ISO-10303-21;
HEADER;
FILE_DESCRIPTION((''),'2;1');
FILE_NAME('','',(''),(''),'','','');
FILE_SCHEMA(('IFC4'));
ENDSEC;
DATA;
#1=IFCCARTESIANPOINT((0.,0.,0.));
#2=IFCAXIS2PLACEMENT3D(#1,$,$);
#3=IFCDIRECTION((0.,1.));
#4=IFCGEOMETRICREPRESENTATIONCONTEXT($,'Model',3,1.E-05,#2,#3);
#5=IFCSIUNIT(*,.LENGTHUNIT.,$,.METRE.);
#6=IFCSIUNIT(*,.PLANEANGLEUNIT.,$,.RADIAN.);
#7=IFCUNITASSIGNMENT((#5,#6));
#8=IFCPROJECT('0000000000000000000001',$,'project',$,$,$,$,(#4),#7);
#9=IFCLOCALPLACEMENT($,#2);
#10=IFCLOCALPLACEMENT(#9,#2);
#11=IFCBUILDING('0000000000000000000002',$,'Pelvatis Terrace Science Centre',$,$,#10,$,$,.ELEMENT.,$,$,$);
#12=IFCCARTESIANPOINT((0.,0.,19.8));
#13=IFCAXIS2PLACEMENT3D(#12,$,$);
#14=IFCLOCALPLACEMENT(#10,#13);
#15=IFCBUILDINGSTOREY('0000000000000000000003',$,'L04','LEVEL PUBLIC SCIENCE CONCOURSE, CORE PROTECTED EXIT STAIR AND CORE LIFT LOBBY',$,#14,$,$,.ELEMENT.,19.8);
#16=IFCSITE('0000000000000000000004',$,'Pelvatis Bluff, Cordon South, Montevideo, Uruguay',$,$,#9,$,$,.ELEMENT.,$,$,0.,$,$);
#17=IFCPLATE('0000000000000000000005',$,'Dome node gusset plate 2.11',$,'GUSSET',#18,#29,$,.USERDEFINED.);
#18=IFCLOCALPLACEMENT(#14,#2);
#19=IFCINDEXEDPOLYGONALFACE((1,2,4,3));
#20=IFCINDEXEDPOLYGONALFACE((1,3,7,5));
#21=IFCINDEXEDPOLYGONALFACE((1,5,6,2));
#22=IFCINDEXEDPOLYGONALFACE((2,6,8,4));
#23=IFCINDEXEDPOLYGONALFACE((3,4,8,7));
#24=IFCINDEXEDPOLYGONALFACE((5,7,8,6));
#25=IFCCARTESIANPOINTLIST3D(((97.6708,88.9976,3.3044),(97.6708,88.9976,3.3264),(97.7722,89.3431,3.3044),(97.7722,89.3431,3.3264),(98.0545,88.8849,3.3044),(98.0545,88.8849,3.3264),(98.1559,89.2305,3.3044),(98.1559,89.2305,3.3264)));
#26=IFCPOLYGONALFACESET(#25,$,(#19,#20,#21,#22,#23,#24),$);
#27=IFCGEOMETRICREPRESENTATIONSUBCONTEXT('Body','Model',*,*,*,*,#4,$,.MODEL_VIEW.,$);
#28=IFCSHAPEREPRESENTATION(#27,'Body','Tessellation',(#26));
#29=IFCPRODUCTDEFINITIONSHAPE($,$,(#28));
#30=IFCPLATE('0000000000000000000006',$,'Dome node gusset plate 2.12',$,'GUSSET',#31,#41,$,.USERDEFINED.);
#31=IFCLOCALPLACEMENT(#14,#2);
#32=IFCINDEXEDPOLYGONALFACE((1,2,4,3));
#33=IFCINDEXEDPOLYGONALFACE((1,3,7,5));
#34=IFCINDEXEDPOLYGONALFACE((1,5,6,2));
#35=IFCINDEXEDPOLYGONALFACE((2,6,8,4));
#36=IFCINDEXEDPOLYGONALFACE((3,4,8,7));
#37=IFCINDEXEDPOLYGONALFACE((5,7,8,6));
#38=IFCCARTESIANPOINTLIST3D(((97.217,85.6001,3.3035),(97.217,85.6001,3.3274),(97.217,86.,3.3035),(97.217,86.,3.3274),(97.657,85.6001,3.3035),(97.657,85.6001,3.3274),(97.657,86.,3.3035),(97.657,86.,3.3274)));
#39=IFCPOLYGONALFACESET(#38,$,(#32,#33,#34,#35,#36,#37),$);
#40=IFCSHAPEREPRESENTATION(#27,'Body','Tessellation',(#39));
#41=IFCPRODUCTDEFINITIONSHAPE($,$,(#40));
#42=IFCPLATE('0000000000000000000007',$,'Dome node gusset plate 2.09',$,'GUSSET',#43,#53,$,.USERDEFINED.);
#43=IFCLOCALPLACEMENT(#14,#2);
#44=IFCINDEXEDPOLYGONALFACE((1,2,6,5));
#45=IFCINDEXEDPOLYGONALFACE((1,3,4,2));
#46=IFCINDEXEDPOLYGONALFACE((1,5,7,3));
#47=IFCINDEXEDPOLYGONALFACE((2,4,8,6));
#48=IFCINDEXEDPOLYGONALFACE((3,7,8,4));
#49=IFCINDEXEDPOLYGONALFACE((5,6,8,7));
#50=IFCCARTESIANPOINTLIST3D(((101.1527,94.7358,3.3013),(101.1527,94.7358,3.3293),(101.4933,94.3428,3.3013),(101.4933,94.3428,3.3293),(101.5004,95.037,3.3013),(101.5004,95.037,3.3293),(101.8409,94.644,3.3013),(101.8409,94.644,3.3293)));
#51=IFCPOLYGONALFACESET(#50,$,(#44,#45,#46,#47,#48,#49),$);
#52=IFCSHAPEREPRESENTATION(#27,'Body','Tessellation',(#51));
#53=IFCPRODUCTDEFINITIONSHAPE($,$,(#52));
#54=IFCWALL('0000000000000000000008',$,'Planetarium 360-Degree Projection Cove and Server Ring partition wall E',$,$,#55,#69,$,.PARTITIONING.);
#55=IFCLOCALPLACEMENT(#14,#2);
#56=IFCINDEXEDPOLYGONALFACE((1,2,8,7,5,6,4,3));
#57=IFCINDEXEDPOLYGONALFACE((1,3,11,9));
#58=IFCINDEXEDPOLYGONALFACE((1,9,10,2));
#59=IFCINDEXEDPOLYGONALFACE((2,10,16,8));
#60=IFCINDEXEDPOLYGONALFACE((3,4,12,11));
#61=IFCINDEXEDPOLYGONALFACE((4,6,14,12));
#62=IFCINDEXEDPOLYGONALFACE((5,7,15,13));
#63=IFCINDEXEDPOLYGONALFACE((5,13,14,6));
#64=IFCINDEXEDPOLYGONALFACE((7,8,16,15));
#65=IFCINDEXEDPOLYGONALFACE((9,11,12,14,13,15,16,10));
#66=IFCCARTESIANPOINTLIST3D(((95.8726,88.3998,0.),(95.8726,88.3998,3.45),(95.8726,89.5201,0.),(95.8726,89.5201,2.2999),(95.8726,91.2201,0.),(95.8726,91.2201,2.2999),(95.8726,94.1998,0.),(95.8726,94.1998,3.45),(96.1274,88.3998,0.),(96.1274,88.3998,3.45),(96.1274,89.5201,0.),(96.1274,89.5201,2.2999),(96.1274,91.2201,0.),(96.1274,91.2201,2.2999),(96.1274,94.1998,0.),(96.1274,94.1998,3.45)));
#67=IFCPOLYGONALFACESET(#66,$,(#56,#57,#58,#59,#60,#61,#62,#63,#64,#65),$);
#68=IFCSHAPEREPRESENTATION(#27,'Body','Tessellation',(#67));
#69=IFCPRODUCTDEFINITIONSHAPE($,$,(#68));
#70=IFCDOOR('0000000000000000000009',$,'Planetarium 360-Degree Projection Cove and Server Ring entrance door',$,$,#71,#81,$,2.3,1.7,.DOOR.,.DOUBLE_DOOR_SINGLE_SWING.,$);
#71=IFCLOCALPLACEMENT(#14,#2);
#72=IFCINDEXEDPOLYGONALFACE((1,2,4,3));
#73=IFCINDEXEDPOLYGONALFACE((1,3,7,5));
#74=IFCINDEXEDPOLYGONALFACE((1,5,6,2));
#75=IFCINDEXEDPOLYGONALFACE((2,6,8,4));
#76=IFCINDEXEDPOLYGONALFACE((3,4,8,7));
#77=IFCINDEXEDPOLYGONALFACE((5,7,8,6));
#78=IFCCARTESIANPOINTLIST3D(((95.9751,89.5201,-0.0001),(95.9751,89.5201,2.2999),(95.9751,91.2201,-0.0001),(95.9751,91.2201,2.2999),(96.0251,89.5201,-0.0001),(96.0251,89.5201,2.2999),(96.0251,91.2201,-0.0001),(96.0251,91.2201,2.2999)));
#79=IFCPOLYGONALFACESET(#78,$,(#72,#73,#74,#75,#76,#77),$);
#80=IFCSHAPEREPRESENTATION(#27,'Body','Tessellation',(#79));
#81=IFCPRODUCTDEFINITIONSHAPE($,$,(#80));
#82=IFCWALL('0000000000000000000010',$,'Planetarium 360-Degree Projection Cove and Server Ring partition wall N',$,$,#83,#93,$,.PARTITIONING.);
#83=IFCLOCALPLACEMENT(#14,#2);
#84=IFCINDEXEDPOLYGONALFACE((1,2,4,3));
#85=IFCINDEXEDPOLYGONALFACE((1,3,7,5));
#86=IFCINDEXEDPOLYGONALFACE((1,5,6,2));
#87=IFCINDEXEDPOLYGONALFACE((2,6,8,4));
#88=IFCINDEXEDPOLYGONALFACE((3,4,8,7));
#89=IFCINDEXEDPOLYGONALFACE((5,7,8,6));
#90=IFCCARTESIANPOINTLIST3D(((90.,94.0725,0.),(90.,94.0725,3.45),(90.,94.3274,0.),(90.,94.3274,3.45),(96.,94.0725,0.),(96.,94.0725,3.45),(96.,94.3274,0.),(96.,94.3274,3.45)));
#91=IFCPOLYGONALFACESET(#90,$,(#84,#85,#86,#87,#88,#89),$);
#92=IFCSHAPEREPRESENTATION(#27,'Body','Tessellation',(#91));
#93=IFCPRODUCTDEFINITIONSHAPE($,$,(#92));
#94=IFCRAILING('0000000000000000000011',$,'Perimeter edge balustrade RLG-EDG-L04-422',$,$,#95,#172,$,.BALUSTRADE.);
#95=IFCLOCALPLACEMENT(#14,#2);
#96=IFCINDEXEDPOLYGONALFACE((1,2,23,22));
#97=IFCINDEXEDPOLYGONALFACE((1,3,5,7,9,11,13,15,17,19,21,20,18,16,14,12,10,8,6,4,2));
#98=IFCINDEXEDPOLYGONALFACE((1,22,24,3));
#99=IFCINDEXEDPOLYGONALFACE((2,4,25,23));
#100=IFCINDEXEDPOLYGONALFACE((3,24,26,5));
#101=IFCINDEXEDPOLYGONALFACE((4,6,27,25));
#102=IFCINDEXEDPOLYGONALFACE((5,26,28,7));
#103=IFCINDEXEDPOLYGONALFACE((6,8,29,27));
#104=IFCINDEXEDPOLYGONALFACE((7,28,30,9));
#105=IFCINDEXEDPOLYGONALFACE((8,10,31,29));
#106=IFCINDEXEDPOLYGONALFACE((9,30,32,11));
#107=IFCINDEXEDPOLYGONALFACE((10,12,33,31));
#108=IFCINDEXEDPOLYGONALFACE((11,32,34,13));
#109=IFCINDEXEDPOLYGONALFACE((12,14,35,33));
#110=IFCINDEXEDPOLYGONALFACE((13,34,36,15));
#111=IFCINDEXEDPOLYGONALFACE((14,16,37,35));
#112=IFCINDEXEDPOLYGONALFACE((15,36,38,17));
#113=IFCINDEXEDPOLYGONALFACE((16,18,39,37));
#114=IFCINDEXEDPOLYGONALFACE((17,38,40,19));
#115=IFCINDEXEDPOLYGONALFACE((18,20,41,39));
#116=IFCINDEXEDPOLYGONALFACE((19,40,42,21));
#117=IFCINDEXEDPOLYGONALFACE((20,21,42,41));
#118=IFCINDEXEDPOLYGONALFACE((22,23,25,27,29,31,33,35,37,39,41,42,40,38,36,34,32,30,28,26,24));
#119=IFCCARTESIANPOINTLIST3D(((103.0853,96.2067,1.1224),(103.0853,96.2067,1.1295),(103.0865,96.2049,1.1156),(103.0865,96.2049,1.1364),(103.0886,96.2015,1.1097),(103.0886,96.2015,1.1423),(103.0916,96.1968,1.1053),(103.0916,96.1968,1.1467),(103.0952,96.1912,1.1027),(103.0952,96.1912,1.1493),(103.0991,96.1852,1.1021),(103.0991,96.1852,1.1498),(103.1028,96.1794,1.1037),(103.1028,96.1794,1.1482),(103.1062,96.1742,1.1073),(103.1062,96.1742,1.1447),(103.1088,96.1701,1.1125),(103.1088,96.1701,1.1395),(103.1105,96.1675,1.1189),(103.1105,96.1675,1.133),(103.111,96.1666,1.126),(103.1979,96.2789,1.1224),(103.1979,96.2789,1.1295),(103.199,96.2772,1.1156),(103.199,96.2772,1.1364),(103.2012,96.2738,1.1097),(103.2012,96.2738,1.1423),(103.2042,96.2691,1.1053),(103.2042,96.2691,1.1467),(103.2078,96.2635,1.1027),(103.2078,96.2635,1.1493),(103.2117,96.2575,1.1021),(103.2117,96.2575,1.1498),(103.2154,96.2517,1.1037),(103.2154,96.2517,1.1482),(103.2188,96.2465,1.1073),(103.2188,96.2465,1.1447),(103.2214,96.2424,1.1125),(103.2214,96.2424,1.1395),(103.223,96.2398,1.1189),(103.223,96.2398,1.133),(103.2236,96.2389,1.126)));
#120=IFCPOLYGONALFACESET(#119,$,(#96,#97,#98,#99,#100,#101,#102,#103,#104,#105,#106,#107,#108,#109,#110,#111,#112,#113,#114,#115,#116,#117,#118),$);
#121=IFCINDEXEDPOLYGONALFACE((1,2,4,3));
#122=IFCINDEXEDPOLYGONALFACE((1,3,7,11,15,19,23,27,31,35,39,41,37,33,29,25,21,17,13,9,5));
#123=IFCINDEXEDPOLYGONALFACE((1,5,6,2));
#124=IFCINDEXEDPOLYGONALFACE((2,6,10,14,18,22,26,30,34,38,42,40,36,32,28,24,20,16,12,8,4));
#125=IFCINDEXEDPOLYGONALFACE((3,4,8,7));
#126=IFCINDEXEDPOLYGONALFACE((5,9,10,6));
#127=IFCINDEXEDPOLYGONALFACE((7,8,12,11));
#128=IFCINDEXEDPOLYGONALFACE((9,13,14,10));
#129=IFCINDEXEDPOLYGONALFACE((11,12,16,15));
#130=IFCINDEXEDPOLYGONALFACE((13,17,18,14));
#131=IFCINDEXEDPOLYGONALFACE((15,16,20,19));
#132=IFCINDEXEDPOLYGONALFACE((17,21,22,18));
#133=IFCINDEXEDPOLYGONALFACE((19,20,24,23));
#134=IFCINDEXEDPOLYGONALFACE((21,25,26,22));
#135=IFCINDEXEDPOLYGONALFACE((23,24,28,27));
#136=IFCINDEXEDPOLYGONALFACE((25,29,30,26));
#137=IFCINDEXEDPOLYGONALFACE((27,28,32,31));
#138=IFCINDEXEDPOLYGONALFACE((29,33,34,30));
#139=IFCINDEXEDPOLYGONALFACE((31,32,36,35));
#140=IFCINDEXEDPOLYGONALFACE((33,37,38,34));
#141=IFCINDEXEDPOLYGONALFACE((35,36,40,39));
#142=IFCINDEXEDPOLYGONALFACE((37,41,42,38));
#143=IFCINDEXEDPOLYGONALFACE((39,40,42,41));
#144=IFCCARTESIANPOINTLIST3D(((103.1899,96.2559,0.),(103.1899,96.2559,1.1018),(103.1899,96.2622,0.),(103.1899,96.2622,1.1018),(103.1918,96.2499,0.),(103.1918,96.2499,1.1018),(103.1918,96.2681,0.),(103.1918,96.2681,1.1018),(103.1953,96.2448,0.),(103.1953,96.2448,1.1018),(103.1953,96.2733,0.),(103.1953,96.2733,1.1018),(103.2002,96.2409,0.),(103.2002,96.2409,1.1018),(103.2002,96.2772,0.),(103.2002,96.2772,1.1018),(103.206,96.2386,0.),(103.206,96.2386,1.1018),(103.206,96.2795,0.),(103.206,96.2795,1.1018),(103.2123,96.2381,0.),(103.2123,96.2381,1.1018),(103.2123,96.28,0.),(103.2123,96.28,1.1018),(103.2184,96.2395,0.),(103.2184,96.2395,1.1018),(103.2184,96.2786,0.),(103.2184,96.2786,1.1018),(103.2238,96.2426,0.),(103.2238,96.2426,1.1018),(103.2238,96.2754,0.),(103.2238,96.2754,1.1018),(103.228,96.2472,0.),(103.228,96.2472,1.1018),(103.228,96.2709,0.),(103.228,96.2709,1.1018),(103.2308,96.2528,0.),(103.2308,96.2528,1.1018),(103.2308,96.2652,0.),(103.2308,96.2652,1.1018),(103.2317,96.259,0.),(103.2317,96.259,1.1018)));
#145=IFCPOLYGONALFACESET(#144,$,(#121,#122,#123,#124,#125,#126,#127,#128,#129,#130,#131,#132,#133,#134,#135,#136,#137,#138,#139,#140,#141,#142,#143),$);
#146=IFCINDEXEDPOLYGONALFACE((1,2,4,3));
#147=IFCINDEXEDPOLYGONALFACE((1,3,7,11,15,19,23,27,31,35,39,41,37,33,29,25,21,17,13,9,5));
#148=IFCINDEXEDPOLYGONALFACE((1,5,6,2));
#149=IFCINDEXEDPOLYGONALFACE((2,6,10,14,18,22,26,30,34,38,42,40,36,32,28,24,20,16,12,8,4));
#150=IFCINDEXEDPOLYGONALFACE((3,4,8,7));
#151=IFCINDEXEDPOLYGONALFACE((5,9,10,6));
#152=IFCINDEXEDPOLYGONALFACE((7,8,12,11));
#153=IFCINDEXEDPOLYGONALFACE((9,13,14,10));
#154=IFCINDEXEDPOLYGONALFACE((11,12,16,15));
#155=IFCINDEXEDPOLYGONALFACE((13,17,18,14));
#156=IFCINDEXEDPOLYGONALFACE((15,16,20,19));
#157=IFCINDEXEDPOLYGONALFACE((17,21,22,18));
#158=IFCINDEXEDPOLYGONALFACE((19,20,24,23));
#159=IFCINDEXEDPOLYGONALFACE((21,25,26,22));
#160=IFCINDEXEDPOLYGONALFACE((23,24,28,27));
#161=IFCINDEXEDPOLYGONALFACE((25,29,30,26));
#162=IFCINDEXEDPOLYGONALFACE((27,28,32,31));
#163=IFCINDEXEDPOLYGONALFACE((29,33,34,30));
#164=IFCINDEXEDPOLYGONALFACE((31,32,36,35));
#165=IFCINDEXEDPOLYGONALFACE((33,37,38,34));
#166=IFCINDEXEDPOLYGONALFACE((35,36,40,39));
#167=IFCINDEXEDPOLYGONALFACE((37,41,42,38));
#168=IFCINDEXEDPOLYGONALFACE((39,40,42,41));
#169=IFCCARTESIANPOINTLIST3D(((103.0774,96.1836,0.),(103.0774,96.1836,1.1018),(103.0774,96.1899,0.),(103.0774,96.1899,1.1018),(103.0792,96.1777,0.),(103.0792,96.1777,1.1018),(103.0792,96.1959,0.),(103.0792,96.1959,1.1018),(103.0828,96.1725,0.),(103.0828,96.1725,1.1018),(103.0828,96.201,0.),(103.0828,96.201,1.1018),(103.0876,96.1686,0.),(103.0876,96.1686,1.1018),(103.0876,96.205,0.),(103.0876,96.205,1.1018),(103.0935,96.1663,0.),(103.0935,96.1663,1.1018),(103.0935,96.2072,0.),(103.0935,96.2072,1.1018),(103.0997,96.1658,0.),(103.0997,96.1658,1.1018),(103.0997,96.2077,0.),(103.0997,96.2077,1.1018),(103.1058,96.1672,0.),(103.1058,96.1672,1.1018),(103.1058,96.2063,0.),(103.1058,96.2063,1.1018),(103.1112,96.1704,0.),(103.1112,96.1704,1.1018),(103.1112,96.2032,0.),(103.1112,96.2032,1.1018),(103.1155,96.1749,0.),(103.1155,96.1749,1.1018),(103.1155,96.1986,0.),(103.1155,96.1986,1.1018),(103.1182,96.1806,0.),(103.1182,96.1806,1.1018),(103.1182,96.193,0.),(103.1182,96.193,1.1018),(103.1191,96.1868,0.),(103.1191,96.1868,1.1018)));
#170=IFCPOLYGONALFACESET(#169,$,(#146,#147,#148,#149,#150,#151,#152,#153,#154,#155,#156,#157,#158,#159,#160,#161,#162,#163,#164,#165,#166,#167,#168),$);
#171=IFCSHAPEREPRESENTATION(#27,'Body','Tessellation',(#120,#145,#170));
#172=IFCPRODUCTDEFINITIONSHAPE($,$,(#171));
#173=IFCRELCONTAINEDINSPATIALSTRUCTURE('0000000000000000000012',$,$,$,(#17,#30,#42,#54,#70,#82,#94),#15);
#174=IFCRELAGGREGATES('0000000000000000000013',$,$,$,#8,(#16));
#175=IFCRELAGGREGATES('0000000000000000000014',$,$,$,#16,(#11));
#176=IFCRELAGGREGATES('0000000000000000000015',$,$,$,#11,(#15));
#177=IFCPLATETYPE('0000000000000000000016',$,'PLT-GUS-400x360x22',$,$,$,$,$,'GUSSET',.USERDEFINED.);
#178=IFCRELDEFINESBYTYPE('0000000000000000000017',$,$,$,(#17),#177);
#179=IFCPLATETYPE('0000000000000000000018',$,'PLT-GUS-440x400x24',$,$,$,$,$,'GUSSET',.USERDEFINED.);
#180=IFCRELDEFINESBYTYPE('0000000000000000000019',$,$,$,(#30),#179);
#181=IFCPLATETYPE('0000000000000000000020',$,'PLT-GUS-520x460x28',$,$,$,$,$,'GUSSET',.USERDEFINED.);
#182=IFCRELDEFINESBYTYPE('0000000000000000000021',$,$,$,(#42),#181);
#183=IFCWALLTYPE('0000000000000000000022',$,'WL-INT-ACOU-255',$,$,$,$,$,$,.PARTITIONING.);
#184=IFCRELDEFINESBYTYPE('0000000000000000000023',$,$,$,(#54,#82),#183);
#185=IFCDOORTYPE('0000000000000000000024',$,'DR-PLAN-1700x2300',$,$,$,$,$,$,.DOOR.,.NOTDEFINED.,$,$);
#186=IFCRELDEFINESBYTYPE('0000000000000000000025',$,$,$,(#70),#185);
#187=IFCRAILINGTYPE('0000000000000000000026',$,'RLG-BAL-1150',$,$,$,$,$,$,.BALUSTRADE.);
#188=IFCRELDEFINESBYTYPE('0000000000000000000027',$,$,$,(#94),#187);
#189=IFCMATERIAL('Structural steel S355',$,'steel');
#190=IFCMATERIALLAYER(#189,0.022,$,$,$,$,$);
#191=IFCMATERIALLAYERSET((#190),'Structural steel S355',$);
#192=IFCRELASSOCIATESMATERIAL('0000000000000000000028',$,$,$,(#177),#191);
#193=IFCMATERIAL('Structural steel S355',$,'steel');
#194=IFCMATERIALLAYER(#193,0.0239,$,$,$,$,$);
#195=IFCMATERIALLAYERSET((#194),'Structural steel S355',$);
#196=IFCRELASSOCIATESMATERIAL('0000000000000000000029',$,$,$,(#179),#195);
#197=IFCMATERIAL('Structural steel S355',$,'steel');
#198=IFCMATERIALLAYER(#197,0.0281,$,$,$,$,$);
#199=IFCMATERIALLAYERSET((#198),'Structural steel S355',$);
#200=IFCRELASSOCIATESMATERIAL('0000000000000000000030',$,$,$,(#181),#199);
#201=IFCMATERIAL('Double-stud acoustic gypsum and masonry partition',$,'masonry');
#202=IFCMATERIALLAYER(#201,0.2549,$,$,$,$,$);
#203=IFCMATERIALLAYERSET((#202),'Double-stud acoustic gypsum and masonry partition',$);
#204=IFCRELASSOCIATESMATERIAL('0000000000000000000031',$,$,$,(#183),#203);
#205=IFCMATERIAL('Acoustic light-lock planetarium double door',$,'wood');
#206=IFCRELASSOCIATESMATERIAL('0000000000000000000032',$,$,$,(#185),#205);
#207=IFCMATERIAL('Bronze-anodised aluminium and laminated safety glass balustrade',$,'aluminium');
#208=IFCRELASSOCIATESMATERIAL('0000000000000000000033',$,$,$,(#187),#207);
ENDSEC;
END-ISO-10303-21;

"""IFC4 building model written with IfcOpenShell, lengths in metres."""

from ifc_helpers import new_model, si_unit, direction, frame, frame_2d, origin, origin_2d, place, context, subcontext, project, spatial, rectangle, circle, extrude, material, layer, layer_set, type_object, element, fill, save


model = new_model("IFC4")

# Units and contexts
model_context = context("Model", 3, precision=1e-05, world=origin(), true_north=direction((0.0, 1.0)))
body_context = subcontext(model_context, "Body", "Model", "MODEL_VIEW")
ifc_project = project(units=[si_unit("LENGTHUNIT", "METRE"), si_unit("PLANEANGLEUNIT", "RADIAN")], contexts=[model_context])

# Site, building, storey
site_placement = place(None, origin())
site = spatial("IfcSite", under=ifc_project, at=site_placement, Name="Pelvatis Bluff, Cordon South, Montevideo, Uruguay", CompositionType="ELEMENT", RefElevation=0.0)
building_placement = place(site_placement, origin())
building = spatial("IfcBuilding", under=site, at=building_placement, Name="Pelvatis Terrace Science Centre", CompositionType="ELEMENT")
storey_placement = place(building_placement, frame((0.0, 0.0, 19.8)))
storey = spatial("IfcBuildingStorey", under=building, at=storey_placement, Name="L04", Description="LEVEL PUBLIC SCIENCE CONCOURSE, CORE PROTECTED EXIT STAIR AND CORE LIFT LOBBY", CompositionType="ELEMENT", Elevation=19.8)

# Plates
ifc_material_1 = material(Name="Structural steel S355", Category="steel")
ifc_layer_1 = layer(ifc_material_1, 0.022)
ifc_layer_set_1 = layer_set([ifc_layer_1], Name="Structural steel S355")
plate_type_1 = type_object("IfcPlateType", Name="PLT-GUS-400x360x22", ElementType="GUSSET", PredefinedType="USERDEFINED", material=ifc_layer_set_1)
plate_1_placement = place(storey_placement, frame((97.9133, 89.114, 3.3044), z_axis=(0.0, 0.0, 1.0), x_axis=(-0.959511, 0.281672, 0.0)))
element("IfcPlate", 1, at=plate_1_placement, inside=storey, type_object=plate_type_1, Name="Dome node gusset plate 2.11", ObjectType="GUSSET", PredefinedType="USERDEFINED", context=body_context, shape_type="SweptSolid", body=[
    extrude(rectangle(XDim=0.3999, YDim=0.3601, at=origin_2d()), origin(), (0.0, 0.0, 1.0), 0.022),
])
ifc_material_2 = material(Name="Structural steel S355", Category="steel")
ifc_layer_2 = layer(ifc_material_2, 0.0239)
ifc_layer_set_2 = layer_set([ifc_layer_2], Name="Structural steel S355")
plate_type_2 = type_object("IfcPlateType", Name="PLT-GUS-440x400x24", ElementType="GUSSET", PredefinedType="USERDEFINED", material=ifc_layer_set_2)
plate_2_placement = place(storey_placement, frame((97.437, 85.8, 3.3035), z_axis=(0.0, 0.0, 1.0), x_axis=(-1.0, 0.0, 0.0)))
element("IfcPlate", 2, at=plate_2_placement, inside=storey, type_object=plate_type_2, Name="Dome node gusset plate 2.12", ObjectType="GUSSET", PredefinedType="USERDEFINED", context=body_context, shape_type="SweptSolid", body=[
    extrude(rectangle(XDim=0.4399, YDim=0.3999, at=origin_2d()), origin(), (0.0, 0.0, 1.0), 0.0239),
])
ifc_material_3 = material(Name="Structural steel S355", Category="steel")
ifc_layer_3 = layer(ifc_material_3, 0.0281)
ifc_layer_set_3 = layer_set([ifc_layer_3], Name="Structural steel S355")
plate_type_3 = type_object("IfcPlateType", Name="PLT-GUS-520x460x28", ElementType="GUSSET", PredefinedType="USERDEFINED", material=ifc_layer_set_3)
plate_3_placement = place(storey_placement, frame((101.4968, 94.6899, 3.3013), z_axis=(0.0, 0.0, 1.0), x_axis=(-0.654873, 0.755739, 0.0)))
element("IfcPlate", 3, at=plate_3_placement, inside=storey, type_object=plate_type_3, Name="Dome node gusset plate 2.09", ObjectType="GUSSET", PredefinedType="USERDEFINED", context=body_context, shape_type="SweptSolid", body=[
    extrude(rectangle(XDim=0.52, YDim=0.46, at=origin_2d()), origin(), (0.0, 0.0, 1.0), 0.0281),
])

# Wall, opening, door
ifc_material_4 = material(Name="Double-stud acoustic gypsum and masonry partition", Category="masonry")
ifc_layer_4 = layer(ifc_material_4, 0.2549)
ifc_layer_set_4 = layer_set([ifc_layer_4], Name="Double-stud acoustic gypsum and masonry partition")
wall_type = type_object("IfcWallType", Name="WL-INT-ACOU-255", PredefinedType="PARTITIONING", material=ifc_layer_set_4)
wall_1_placement = place(storey_placement, frame((96.0, 88.3999, 0.0), z_axis=(0.0, 0.0, 1.0), x_axis=(0.0, 1.0, 0.0)))
wall_1 = element("IfcWall", 4, at=wall_1_placement, inside=storey, type_object=wall_type, Name="Planetarium 360-Degree Projection Cove and Server Ring partition wall E", PredefinedType="PARTITIONING", context=body_context, shape_type="SweptSolid", body=[
    extrude(rectangle(XDim=5.8, YDim=0.2549, at=frame_2d((2.8999, 0.0))), origin(), (0.0, 0.0, 1.0), 3.45),
])
opening_placement = place(wall_1_placement, frame((1.1201, 0.0, 0.0)))
opening = element("IfcOpeningElement", 5, at=opening_placement, cuts=wall_1, PredefinedType="OPENING", context=body_context, shape_type="SweptSolid", body=[
    extrude(rectangle(XDim=1.7, YDim=2.3, at=frame_2d((0.8501, 1.1499))), frame((0.0, 0.1375, 0.0), z_axis=(0.0, -1.0, 0.0), x_axis=(1.0, 0.0, 0.0)), (0.0, 0.0, 1.0), 0.2749),
])
ifc_material_5 = material(Name="Acoustic light-lock planetarium double door", Category="wood")
door_type = type_object("IfcDoorType", Name="DR-PLAN-1700x2300", OperationType="NOTDEFINED", PredefinedType="DOOR", material=ifc_material_5)
door_placement = place(opening_placement, origin())
door = element("IfcDoor", 6, at=door_placement, inside=storey, type_object=door_type, Name="Planetarium 360-Degree Projection Cove and Server Ring entrance door", OperationType="DOUBLE_DOOR_SINGLE_SWING", OverallHeight=2.3, OverallWidth=1.7, PredefinedType="DOOR", context=body_context, shape_type="SweptSolid", body=[
    extrude(rectangle(XDim=1.7, YDim=2.3, at=frame_2d((0.8501, 1.1499))), frame((0.0, 0.0249, 0.0), z_axis=(0.0, -1.0, 0.0), x_axis=(1.0, 0.0, 0.0)), (0.0, 0.0, 1.0), 0.05),
])
fill(opening, door)

# Wall
wall_2_placement = place(storey_placement, frame((96.0, 94.2, 0.0), z_axis=(0.0, 0.0, 1.0), x_axis=(-1.0, 0.0, 0.0)))
element("IfcWall", 7, at=wall_2_placement, inside=storey, type_object=wall_type, Name="Planetarium 360-Degree Projection Cove and Server Ring partition wall N", PredefinedType="PARTITIONING", context=body_context, shape_type="SweptSolid", body=[
    extrude(rectangle(XDim=6.0, YDim=0.2549, at=frame_2d((3.0, 0.0))), origin(), (0.0, 0.0, 1.0), 3.45),
])

# Railing
ifc_material_6 = material(Name="Bronze-anodised aluminium and laminated safety glass balustrade", Category="aluminium")
railing_type_1 = type_object("IfcRailingType", Name="RLG-BAL-1150", PredefinedType="BALUSTRADE", material=ifc_material_6)
railing_1_placement = place(storey_placement, frame((103.2107, 96.259, 0.0)))
element("IfcRailing", 8, at=railing_1_placement, inside=storey, type_object=railing_type_1, Name="Perimeter edge balustrade RLG-EDG-L04-422", PredefinedType="BALUSTRADE", context=body_context, shape_type="SweptSolid", body=[
    extrude(circle(Radius=0.0239, at=origin_2d()), frame((0.0, 0.0, 1.126), z_axis=(-0.841475, -0.540296, 0.0), x_axis=(0.540296, -0.841475, 0.0)), (0.0, 0.0, 1.0), 0.1338),
    extrude(circle(Radius=0.021, at=origin_2d()), origin(), (0.0, 0.0, 1.0), 1.1018),
    extrude(circle(Radius=0.021, at=origin_2d()), frame((-0.1125, -0.0723, 0.0)), (0.0, 0.0, 1.0), 1.1018),
])

save(model, "model.ifc")
